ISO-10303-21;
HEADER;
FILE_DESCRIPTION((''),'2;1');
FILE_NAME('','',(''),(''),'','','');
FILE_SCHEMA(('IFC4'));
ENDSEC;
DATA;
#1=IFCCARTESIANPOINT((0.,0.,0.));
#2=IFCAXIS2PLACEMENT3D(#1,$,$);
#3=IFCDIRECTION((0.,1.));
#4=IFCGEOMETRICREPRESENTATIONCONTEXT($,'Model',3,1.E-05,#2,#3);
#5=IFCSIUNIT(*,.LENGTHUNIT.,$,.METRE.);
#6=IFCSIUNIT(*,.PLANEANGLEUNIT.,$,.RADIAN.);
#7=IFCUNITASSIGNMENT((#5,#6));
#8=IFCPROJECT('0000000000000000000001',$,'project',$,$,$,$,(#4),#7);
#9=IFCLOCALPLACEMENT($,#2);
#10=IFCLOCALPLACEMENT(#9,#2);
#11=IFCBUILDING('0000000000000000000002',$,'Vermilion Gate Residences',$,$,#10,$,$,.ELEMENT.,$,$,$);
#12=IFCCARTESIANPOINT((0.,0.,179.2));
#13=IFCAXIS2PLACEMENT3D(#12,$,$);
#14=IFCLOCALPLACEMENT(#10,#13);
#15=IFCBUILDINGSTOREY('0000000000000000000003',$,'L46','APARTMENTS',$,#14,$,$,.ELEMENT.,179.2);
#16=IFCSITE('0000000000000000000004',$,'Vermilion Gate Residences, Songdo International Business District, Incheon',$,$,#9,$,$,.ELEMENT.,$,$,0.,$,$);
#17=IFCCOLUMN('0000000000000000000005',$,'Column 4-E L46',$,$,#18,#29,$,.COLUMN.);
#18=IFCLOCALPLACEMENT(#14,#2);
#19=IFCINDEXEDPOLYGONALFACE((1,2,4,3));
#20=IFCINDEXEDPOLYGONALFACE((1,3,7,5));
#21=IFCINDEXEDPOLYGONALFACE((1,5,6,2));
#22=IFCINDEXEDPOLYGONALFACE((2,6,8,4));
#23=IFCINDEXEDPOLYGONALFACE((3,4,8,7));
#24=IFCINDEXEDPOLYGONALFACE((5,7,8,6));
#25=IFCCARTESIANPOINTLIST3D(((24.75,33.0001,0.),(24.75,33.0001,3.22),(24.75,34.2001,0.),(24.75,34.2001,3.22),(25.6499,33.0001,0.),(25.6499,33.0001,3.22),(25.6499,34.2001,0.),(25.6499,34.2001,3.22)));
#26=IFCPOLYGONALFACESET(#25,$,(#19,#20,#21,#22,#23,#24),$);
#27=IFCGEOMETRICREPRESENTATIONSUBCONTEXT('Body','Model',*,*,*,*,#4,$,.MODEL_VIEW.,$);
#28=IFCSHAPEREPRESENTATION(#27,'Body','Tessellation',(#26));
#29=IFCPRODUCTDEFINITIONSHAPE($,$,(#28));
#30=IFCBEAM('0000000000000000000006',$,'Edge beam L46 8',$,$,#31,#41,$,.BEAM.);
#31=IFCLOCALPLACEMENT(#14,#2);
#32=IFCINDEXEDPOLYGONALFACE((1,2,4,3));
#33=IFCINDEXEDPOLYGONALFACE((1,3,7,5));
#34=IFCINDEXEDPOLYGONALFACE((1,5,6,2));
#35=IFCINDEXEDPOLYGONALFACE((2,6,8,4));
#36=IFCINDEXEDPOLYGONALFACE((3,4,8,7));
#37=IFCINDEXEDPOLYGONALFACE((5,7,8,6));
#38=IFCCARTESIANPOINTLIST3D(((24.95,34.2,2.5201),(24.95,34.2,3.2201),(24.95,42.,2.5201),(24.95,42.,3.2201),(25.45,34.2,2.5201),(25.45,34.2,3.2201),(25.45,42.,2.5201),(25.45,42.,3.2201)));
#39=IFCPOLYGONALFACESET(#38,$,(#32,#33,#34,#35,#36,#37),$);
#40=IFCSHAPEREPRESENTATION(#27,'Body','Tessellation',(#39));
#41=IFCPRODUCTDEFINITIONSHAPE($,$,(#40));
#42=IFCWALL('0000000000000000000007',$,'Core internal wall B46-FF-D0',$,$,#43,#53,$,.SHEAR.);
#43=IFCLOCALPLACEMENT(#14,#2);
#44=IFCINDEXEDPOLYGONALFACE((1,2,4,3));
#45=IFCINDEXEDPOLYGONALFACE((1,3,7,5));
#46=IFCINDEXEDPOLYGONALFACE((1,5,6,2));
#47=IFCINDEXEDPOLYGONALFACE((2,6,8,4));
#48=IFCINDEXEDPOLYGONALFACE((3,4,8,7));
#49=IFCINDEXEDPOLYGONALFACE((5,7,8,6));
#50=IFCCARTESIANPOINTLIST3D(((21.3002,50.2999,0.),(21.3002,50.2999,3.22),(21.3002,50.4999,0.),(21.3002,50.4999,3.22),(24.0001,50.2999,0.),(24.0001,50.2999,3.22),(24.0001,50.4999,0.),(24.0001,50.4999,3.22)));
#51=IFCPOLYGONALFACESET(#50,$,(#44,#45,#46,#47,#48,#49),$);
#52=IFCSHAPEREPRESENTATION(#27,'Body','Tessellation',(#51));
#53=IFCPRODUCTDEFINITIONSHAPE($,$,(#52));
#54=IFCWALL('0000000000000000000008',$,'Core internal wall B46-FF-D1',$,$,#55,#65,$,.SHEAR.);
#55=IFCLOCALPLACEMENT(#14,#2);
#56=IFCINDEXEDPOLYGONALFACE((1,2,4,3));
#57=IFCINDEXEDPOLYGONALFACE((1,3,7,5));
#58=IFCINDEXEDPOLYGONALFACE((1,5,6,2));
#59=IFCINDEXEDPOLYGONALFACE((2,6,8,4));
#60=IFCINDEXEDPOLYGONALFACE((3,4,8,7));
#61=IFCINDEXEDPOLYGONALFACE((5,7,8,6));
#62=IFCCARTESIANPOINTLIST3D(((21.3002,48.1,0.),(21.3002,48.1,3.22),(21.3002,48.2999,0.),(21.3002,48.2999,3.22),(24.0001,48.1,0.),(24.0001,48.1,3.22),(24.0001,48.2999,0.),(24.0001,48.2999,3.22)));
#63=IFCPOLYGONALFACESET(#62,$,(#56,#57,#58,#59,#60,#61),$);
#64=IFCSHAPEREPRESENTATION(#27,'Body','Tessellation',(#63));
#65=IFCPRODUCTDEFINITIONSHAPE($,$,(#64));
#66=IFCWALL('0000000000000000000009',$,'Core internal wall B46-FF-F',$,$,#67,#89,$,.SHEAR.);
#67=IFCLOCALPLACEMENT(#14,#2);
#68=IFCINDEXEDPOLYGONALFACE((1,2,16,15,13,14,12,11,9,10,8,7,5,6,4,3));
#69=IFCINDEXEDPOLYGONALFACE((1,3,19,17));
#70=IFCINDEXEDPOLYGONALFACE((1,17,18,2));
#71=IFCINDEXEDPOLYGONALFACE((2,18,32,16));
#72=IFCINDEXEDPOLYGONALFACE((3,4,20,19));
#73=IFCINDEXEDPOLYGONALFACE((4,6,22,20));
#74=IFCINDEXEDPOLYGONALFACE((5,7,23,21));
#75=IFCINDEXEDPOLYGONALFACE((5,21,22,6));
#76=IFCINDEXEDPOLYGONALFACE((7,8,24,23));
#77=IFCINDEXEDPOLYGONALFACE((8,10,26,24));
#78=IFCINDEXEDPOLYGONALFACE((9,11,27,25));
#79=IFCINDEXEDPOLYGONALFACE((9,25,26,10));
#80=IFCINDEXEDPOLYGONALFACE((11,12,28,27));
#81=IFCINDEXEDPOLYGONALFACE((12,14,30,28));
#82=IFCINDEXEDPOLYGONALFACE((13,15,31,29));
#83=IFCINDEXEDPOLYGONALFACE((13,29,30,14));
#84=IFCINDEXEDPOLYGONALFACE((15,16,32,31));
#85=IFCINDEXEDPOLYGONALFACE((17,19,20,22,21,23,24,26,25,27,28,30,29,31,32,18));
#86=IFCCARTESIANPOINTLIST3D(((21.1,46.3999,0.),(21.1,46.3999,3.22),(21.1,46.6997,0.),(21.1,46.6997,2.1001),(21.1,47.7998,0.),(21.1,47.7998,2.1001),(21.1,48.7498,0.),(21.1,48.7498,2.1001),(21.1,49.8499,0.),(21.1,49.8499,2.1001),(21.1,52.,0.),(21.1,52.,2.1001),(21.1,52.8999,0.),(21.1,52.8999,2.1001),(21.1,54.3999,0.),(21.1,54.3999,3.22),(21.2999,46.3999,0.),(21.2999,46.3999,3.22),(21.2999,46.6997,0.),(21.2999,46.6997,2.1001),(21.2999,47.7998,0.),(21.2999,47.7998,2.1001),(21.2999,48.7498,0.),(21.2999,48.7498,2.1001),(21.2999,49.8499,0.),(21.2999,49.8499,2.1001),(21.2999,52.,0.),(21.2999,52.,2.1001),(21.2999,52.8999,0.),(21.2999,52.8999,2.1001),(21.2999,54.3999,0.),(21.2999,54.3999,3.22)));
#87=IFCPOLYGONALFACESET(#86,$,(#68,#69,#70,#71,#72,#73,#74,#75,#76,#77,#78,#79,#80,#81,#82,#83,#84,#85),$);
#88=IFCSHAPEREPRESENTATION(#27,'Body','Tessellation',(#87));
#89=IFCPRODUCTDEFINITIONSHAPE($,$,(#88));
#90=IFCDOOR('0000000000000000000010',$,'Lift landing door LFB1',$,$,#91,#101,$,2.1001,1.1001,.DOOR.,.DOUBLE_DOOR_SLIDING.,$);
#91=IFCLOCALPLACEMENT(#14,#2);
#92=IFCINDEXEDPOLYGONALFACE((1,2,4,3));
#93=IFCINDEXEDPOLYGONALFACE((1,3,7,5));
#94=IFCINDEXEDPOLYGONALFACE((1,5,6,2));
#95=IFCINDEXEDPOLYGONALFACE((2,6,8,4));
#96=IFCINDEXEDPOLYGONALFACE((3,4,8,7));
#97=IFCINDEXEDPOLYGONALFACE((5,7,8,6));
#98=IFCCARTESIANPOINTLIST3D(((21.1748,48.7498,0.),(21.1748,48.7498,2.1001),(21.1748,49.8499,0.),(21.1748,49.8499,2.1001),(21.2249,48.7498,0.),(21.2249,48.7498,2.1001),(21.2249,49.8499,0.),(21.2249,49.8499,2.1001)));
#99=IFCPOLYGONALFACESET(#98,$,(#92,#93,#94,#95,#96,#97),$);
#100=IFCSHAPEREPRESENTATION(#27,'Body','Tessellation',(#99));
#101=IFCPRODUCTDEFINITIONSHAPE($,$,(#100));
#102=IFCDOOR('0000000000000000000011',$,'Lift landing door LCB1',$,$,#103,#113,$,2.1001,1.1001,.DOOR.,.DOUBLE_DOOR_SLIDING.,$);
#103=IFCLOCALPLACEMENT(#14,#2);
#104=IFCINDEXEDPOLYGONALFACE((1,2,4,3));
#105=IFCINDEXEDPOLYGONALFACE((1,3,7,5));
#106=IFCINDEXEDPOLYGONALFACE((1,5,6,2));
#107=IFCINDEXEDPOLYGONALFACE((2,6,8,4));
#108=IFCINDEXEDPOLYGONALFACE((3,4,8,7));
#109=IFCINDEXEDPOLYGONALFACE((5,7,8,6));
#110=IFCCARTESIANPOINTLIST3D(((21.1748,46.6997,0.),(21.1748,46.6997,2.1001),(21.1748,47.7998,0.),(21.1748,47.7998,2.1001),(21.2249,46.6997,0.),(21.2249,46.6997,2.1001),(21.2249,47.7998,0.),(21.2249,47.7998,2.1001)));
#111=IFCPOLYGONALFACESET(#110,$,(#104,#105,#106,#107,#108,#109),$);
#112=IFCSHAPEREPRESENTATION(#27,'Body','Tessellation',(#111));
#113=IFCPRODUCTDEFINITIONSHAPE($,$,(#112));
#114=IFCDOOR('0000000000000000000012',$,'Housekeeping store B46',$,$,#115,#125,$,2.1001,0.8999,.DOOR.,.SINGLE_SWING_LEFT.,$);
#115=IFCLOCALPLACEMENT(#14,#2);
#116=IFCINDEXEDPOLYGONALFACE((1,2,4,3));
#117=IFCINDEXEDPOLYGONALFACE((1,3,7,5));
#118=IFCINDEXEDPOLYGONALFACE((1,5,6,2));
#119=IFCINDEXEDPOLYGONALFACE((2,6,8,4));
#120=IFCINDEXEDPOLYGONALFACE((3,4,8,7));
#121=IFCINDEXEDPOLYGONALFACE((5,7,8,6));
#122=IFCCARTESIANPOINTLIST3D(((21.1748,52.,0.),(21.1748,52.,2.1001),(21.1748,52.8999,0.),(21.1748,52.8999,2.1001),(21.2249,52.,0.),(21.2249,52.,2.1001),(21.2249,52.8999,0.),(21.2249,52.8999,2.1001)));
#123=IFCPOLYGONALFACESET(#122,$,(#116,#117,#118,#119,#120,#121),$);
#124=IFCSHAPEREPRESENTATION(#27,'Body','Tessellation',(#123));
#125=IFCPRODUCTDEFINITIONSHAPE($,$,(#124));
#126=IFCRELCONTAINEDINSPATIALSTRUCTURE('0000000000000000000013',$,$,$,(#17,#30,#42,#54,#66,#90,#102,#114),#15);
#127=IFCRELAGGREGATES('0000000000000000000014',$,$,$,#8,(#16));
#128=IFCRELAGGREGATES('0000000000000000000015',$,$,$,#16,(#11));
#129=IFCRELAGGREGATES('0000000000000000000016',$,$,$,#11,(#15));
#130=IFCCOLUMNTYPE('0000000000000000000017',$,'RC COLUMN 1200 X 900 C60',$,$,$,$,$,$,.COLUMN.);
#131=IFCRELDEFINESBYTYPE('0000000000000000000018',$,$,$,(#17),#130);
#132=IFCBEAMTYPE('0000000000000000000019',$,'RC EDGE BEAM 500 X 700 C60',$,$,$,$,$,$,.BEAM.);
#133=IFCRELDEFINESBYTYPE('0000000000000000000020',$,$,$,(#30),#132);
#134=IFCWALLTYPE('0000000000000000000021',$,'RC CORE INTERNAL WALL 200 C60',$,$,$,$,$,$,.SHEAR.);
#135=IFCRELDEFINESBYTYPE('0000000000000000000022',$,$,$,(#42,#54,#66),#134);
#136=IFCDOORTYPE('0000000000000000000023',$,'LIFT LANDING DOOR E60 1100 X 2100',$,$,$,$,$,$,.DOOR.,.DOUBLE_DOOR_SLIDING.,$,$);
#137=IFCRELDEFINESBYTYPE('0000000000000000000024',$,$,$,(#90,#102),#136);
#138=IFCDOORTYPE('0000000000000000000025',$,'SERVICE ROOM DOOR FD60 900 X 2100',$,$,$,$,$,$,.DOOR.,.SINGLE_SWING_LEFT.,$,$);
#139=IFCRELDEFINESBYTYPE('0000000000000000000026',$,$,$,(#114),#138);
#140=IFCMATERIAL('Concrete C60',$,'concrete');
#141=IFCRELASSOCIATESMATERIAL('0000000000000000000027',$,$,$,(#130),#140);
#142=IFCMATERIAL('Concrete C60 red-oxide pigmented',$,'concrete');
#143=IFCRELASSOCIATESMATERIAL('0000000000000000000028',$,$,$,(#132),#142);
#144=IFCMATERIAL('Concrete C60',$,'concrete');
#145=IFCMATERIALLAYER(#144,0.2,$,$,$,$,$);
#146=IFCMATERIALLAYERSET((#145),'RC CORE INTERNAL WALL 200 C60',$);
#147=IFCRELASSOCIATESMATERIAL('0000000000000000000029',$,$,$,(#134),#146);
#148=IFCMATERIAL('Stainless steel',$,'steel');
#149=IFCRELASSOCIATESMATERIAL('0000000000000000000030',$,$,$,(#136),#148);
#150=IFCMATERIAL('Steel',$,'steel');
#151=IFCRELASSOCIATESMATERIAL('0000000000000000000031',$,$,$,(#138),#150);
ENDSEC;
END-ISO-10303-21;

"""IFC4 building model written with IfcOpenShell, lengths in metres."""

from ifc_helpers import new_model, si_unit, direction, frame, frame_2d, origin, origin_2d, place, context, subcontext, project, spatial, rectangle, extrude, material, layer, layer_set, material_profile, profile_set, type_object, element, fill, save


model = new_model("IFC4")

# Units and contexts
model_context = context("Model", 3, precision=1e-05, world=origin(), true_north=direction((0.0, 1.0)))
body_context = subcontext(model_context, "Body", "Model", "MODEL_VIEW")
ifc_project = project(units=[si_unit("LENGTHUNIT", "METRE"), si_unit("PLANEANGLEUNIT", "RADIAN")], contexts=[model_context])

# Site, building, storey
site_placement = place(None, origin())
site = spatial("IfcSite", under=ifc_project, at=site_placement, Name="Vermilion Gate Residences, Songdo International Business District, Incheon", CompositionType="ELEMENT", RefElevation=0.0)
building_placement = place(site_placement, origin())
building = spatial("IfcBuilding", under=site, at=building_placement, Name="Vermilion Gate Residences", CompositionType="ELEMENT")
storey_placement = place(building_placement, frame((0.0, 0.0, 179.2)))
storey = spatial("IfcBuildingStorey", under=building, at=storey_placement, Name="L46", Description="APARTMENTS", CompositionType="ELEMENT", Elevation=179.2)

# Column
ifc_material_1 = material(Name="Concrete C60", Category="concrete")
ifc_material_profile_1 = material_profile(ifc_material_1, rectangle(XDim=1.2, YDim=0.8999, at=origin_2d()), Name="RC-1200x900")
ifc_profile_set_1 = profile_set([ifc_material_profile_1], Name="Concrete C60")
column_type = type_object("IfcColumnType", Name="RC COLUMN 1200 X 900 C60", PredefinedType="COLUMN", material=ifc_profile_set_1)
column_placement = place(storey_placement, frame((25.2, 33.6001, 0.0), z_axis=(0.0, 0.0, 1.0), x_axis=(0.0, 1.0, 0.0)))
element("IfcColumn", 1, at=column_placement, inside=storey, type_object=column_type, Name="Column 4-E L46", PredefinedType="COLUMN", context=body_context, shape_type="SweptSolid", body=[
    extrude(rectangle(XDim=1.2, YDim=0.8999, at=origin_2d()), origin(), (0.0, 0.0, 1.0), 3.22),
])

# Beam
ifc_material_2 = material(Name="Concrete C60 red-oxide pigmented", Category="concrete")
ifc_material_profile_2 = material_profile(ifc_material_2, rectangle(XDim=0.5, YDim=0.7, at=origin_2d()), Name="RC-500x700")
ifc_profile_set_2 = profile_set([ifc_material_profile_2], Name="Concrete C60 red-oxide pigmented")
beam_type = type_object("IfcBeamType", Name="RC EDGE BEAM 500 X 700 C60", PredefinedType="BEAM", material=ifc_profile_set_2)
beam_placement = place(storey_placement, frame((25.2, 34.2, 2.8701), z_axis=(0.0, 1.0, 0.0), x_axis=(-1.0, 0.0, 0.0)))
element("IfcBeam", 2, at=beam_placement, inside=storey, type_object=beam_type, Name="Edge beam L46 8", PredefinedType="BEAM", context=body_context, shape_type="SweptSolid", body=[
    extrude(rectangle(XDim=0.5, YDim=0.7, at=origin_2d()), origin(), (0.0, 0.0, 1.0), 7.8),
])

# Walls
ifc_material_3 = material(Name="Concrete C60", Category="concrete")
ifc_layer_1 = layer(ifc_material_3, 0.2)
ifc_layer_set_1 = layer_set([ifc_layer_1], Name="RC CORE INTERNAL WALL 200 C60")
wall_type_1 = type_object("IfcWallType", Name="RC CORE INTERNAL WALL 200 C60", PredefinedType="SHEAR", material=ifc_layer_set_1)
for number, where, z_axis, x_axis, name in (
    (3, (21.3, 50.3999, 0.0), (0.0, 0.0, 1.0), (1.0, 0.0, 0.0), "Core internal wall B46-FF-D0"),
    (4, (21.3, 48.2, 0.0), (0.0, 0.0, 1.0), (1.0, 0.0, 0.0), "Core internal wall B46-FF-D1"),
):
    element("IfcWall", number, at=place(storey_placement, frame(where, z_axis=z_axis, x_axis=x_axis)), inside=storey, type_object=wall_type_1, Name=name, PredefinedType="SHEAR", context=body_context, shape_type="SweptSolid", body=[
        extrude(rectangle(XDim=2.7, YDim=0.2, at=frame_2d((1.3501, 0.0))), origin(), (0.0, 0.0, 1.0), 3.22),
    ])

# Wall, openings, doors
wall_1_placement = place(storey_placement, frame((21.2, 54.3999, 0.0), z_axis=(0.0, 0.0, 1.0), x_axis=(0.0, -1.0, 0.0)))
wall_1 = element("IfcWall", 5, at=wall_1_placement, inside=storey, type_object=wall_type_1, Name="Core internal wall B46-FF-F", PredefinedType="SHEAR", context=body_context, shape_type="SweptSolid", body=[
    extrude(rectangle(XDim=8.0, YDim=0.2, at=frame_2d((4.0, 0.0))), origin(), (0.0, 0.0, 1.0), 3.22),
])
opening_1_placement = place(wall_1_placement, frame((1.5, 0.0, 0.0)))
opening_1 = element("IfcOpeningElement", 6, at=opening_1_placement, cuts=wall_1, PredefinedType="OPENING", context=body_context, shape_type="SweptSolid", body=[
    extrude(rectangle(XDim=0.8999, YDim=2.1001, at=frame_2d((0.45, 1.05))), frame((0.0, 0.1099, 0.0), z_axis=(0.0, -1.0, 0.0), x_axis=(1.0, 0.0, 0.0)), (0.0, 0.0, 1.0), 0.22),
])
opening_2_placement = place(wall_1_placement, frame((4.55, 0.0, 0.0)))
opening_2 = element("IfcOpeningElement", 7, at=opening_2_placement, cuts=wall_1, PredefinedType="OPENING", context=body_context, shape_type="SweptSolid", body=[
    extrude(rectangle(XDim=1.1001, YDim=2.1001, at=frame_2d((0.55, 1.05))), frame((0.0, 0.1099, 0.0), z_axis=(0.0, -1.0, 0.0), x_axis=(1.0, 0.0, 0.0)), (0.0, 0.0, 1.0), 0.22),
])
opening_3_placement = place(wall_1_placement, frame((6.6001, 0.0, 0.0)))
opening_3 = element("IfcOpeningElement", 8, at=opening_3_placement, cuts=wall_1, PredefinedType="OPENING", context=body_context, shape_type="SweptSolid", body=[
    extrude(rectangle(XDim=1.1001, YDim=2.1001, at=frame_2d((0.55, 1.05))), frame((0.0, 0.1099, 0.0), z_axis=(0.0, -1.0, 0.0), x_axis=(1.0, 0.0, 0.0)), (0.0, 0.0, 1.0), 0.22),
])
ifc_material_4 = material(Name="Stainless steel", Category="steel")
door_type_1 = type_object("IfcDoorType", Name="LIFT LANDING DOOR E60 1100 X 2100", OperationType="DOUBLE_DOOR_SLIDING", PredefinedType="DOOR", material=ifc_material_4)
door_1_placement = place(opening_2_placement, origin())
door_1 = element("IfcDoor", 9, at=door_1_placement, inside=storey, type_object=door_type_1, Name="Lift landing door LFB1", OperationType="DOUBLE_DOOR_SLIDING", OverallHeight=2.1001, OverallWidth=1.1001, PredefinedType="DOOR", context=body_context, shape_type="SweptSolid", body=[
    extrude(rectangle(XDim=1.1001, YDim=2.1001, at=frame_2d((0.55, 1.05))), frame((0.0, 0.0249, 0.0), z_axis=(0.0, -1.0, 0.0), x_axis=(1.0, 0.0, 0.0)), (0.0, 0.0, 1.0), 0.05),
])
fill(opening_2, door_1)
door_2_placement = place(opening_3_placement, origin())
door_2 = element("IfcDoor", 10, at=door_2_placement, inside=storey, type_object=door_type_1, Name="Lift landing door LCB1", OperationType="DOUBLE_DOOR_SLIDING", OverallHeight=2.1001, OverallWidth=1.1001, PredefinedType="DOOR", context=body_context, shape_type="SweptSolid", body=[
    extrude(rectangle(XDim=1.1001, YDim=2.1001, at=frame_2d((0.55, 1.05))), frame((0.0, 0.0249, 0.0), z_axis=(0.0, -1.0, 0.0), x_axis=(1.0, 0.0, 0.0)), (0.0, 0.0, 1.0), 0.05),
])
fill(opening_3, door_2)
ifc_material_5 = material(Name="Steel", Category="steel")
door_type_2 = type_object("IfcDoorType", Name="SERVICE ROOM DOOR FD60 900 X 2100", OperationType="SINGLE_SWING_LEFT", PredefinedType="DOOR", material=ifc_material_5)
door_3_placement = place(opening_1_placement, origin())
door_3 = element("IfcDoor", 11, at=door_3_placement, inside=storey, type_object=door_type_2, Name="Housekeeping store B46", OperationType="SINGLE_SWING_LEFT", OverallHeight=2.1001, OverallWidth=0.8999, PredefinedType="DOOR", context=body_context, shape_type="SweptSolid", body=[
    extrude(rectangle(XDim=0.8999, YDim=2.1001, at=frame_2d((0.45, 1.05))), frame((0.0, 0.0249, 0.0), z_axis=(0.0, -1.0, 0.0), x_axis=(1.0, 0.0, 0.0)), (0.0, 0.0, 1.0), 0.05),
])
fill(opening_1, door_3)

save(model, "model.ifc")
